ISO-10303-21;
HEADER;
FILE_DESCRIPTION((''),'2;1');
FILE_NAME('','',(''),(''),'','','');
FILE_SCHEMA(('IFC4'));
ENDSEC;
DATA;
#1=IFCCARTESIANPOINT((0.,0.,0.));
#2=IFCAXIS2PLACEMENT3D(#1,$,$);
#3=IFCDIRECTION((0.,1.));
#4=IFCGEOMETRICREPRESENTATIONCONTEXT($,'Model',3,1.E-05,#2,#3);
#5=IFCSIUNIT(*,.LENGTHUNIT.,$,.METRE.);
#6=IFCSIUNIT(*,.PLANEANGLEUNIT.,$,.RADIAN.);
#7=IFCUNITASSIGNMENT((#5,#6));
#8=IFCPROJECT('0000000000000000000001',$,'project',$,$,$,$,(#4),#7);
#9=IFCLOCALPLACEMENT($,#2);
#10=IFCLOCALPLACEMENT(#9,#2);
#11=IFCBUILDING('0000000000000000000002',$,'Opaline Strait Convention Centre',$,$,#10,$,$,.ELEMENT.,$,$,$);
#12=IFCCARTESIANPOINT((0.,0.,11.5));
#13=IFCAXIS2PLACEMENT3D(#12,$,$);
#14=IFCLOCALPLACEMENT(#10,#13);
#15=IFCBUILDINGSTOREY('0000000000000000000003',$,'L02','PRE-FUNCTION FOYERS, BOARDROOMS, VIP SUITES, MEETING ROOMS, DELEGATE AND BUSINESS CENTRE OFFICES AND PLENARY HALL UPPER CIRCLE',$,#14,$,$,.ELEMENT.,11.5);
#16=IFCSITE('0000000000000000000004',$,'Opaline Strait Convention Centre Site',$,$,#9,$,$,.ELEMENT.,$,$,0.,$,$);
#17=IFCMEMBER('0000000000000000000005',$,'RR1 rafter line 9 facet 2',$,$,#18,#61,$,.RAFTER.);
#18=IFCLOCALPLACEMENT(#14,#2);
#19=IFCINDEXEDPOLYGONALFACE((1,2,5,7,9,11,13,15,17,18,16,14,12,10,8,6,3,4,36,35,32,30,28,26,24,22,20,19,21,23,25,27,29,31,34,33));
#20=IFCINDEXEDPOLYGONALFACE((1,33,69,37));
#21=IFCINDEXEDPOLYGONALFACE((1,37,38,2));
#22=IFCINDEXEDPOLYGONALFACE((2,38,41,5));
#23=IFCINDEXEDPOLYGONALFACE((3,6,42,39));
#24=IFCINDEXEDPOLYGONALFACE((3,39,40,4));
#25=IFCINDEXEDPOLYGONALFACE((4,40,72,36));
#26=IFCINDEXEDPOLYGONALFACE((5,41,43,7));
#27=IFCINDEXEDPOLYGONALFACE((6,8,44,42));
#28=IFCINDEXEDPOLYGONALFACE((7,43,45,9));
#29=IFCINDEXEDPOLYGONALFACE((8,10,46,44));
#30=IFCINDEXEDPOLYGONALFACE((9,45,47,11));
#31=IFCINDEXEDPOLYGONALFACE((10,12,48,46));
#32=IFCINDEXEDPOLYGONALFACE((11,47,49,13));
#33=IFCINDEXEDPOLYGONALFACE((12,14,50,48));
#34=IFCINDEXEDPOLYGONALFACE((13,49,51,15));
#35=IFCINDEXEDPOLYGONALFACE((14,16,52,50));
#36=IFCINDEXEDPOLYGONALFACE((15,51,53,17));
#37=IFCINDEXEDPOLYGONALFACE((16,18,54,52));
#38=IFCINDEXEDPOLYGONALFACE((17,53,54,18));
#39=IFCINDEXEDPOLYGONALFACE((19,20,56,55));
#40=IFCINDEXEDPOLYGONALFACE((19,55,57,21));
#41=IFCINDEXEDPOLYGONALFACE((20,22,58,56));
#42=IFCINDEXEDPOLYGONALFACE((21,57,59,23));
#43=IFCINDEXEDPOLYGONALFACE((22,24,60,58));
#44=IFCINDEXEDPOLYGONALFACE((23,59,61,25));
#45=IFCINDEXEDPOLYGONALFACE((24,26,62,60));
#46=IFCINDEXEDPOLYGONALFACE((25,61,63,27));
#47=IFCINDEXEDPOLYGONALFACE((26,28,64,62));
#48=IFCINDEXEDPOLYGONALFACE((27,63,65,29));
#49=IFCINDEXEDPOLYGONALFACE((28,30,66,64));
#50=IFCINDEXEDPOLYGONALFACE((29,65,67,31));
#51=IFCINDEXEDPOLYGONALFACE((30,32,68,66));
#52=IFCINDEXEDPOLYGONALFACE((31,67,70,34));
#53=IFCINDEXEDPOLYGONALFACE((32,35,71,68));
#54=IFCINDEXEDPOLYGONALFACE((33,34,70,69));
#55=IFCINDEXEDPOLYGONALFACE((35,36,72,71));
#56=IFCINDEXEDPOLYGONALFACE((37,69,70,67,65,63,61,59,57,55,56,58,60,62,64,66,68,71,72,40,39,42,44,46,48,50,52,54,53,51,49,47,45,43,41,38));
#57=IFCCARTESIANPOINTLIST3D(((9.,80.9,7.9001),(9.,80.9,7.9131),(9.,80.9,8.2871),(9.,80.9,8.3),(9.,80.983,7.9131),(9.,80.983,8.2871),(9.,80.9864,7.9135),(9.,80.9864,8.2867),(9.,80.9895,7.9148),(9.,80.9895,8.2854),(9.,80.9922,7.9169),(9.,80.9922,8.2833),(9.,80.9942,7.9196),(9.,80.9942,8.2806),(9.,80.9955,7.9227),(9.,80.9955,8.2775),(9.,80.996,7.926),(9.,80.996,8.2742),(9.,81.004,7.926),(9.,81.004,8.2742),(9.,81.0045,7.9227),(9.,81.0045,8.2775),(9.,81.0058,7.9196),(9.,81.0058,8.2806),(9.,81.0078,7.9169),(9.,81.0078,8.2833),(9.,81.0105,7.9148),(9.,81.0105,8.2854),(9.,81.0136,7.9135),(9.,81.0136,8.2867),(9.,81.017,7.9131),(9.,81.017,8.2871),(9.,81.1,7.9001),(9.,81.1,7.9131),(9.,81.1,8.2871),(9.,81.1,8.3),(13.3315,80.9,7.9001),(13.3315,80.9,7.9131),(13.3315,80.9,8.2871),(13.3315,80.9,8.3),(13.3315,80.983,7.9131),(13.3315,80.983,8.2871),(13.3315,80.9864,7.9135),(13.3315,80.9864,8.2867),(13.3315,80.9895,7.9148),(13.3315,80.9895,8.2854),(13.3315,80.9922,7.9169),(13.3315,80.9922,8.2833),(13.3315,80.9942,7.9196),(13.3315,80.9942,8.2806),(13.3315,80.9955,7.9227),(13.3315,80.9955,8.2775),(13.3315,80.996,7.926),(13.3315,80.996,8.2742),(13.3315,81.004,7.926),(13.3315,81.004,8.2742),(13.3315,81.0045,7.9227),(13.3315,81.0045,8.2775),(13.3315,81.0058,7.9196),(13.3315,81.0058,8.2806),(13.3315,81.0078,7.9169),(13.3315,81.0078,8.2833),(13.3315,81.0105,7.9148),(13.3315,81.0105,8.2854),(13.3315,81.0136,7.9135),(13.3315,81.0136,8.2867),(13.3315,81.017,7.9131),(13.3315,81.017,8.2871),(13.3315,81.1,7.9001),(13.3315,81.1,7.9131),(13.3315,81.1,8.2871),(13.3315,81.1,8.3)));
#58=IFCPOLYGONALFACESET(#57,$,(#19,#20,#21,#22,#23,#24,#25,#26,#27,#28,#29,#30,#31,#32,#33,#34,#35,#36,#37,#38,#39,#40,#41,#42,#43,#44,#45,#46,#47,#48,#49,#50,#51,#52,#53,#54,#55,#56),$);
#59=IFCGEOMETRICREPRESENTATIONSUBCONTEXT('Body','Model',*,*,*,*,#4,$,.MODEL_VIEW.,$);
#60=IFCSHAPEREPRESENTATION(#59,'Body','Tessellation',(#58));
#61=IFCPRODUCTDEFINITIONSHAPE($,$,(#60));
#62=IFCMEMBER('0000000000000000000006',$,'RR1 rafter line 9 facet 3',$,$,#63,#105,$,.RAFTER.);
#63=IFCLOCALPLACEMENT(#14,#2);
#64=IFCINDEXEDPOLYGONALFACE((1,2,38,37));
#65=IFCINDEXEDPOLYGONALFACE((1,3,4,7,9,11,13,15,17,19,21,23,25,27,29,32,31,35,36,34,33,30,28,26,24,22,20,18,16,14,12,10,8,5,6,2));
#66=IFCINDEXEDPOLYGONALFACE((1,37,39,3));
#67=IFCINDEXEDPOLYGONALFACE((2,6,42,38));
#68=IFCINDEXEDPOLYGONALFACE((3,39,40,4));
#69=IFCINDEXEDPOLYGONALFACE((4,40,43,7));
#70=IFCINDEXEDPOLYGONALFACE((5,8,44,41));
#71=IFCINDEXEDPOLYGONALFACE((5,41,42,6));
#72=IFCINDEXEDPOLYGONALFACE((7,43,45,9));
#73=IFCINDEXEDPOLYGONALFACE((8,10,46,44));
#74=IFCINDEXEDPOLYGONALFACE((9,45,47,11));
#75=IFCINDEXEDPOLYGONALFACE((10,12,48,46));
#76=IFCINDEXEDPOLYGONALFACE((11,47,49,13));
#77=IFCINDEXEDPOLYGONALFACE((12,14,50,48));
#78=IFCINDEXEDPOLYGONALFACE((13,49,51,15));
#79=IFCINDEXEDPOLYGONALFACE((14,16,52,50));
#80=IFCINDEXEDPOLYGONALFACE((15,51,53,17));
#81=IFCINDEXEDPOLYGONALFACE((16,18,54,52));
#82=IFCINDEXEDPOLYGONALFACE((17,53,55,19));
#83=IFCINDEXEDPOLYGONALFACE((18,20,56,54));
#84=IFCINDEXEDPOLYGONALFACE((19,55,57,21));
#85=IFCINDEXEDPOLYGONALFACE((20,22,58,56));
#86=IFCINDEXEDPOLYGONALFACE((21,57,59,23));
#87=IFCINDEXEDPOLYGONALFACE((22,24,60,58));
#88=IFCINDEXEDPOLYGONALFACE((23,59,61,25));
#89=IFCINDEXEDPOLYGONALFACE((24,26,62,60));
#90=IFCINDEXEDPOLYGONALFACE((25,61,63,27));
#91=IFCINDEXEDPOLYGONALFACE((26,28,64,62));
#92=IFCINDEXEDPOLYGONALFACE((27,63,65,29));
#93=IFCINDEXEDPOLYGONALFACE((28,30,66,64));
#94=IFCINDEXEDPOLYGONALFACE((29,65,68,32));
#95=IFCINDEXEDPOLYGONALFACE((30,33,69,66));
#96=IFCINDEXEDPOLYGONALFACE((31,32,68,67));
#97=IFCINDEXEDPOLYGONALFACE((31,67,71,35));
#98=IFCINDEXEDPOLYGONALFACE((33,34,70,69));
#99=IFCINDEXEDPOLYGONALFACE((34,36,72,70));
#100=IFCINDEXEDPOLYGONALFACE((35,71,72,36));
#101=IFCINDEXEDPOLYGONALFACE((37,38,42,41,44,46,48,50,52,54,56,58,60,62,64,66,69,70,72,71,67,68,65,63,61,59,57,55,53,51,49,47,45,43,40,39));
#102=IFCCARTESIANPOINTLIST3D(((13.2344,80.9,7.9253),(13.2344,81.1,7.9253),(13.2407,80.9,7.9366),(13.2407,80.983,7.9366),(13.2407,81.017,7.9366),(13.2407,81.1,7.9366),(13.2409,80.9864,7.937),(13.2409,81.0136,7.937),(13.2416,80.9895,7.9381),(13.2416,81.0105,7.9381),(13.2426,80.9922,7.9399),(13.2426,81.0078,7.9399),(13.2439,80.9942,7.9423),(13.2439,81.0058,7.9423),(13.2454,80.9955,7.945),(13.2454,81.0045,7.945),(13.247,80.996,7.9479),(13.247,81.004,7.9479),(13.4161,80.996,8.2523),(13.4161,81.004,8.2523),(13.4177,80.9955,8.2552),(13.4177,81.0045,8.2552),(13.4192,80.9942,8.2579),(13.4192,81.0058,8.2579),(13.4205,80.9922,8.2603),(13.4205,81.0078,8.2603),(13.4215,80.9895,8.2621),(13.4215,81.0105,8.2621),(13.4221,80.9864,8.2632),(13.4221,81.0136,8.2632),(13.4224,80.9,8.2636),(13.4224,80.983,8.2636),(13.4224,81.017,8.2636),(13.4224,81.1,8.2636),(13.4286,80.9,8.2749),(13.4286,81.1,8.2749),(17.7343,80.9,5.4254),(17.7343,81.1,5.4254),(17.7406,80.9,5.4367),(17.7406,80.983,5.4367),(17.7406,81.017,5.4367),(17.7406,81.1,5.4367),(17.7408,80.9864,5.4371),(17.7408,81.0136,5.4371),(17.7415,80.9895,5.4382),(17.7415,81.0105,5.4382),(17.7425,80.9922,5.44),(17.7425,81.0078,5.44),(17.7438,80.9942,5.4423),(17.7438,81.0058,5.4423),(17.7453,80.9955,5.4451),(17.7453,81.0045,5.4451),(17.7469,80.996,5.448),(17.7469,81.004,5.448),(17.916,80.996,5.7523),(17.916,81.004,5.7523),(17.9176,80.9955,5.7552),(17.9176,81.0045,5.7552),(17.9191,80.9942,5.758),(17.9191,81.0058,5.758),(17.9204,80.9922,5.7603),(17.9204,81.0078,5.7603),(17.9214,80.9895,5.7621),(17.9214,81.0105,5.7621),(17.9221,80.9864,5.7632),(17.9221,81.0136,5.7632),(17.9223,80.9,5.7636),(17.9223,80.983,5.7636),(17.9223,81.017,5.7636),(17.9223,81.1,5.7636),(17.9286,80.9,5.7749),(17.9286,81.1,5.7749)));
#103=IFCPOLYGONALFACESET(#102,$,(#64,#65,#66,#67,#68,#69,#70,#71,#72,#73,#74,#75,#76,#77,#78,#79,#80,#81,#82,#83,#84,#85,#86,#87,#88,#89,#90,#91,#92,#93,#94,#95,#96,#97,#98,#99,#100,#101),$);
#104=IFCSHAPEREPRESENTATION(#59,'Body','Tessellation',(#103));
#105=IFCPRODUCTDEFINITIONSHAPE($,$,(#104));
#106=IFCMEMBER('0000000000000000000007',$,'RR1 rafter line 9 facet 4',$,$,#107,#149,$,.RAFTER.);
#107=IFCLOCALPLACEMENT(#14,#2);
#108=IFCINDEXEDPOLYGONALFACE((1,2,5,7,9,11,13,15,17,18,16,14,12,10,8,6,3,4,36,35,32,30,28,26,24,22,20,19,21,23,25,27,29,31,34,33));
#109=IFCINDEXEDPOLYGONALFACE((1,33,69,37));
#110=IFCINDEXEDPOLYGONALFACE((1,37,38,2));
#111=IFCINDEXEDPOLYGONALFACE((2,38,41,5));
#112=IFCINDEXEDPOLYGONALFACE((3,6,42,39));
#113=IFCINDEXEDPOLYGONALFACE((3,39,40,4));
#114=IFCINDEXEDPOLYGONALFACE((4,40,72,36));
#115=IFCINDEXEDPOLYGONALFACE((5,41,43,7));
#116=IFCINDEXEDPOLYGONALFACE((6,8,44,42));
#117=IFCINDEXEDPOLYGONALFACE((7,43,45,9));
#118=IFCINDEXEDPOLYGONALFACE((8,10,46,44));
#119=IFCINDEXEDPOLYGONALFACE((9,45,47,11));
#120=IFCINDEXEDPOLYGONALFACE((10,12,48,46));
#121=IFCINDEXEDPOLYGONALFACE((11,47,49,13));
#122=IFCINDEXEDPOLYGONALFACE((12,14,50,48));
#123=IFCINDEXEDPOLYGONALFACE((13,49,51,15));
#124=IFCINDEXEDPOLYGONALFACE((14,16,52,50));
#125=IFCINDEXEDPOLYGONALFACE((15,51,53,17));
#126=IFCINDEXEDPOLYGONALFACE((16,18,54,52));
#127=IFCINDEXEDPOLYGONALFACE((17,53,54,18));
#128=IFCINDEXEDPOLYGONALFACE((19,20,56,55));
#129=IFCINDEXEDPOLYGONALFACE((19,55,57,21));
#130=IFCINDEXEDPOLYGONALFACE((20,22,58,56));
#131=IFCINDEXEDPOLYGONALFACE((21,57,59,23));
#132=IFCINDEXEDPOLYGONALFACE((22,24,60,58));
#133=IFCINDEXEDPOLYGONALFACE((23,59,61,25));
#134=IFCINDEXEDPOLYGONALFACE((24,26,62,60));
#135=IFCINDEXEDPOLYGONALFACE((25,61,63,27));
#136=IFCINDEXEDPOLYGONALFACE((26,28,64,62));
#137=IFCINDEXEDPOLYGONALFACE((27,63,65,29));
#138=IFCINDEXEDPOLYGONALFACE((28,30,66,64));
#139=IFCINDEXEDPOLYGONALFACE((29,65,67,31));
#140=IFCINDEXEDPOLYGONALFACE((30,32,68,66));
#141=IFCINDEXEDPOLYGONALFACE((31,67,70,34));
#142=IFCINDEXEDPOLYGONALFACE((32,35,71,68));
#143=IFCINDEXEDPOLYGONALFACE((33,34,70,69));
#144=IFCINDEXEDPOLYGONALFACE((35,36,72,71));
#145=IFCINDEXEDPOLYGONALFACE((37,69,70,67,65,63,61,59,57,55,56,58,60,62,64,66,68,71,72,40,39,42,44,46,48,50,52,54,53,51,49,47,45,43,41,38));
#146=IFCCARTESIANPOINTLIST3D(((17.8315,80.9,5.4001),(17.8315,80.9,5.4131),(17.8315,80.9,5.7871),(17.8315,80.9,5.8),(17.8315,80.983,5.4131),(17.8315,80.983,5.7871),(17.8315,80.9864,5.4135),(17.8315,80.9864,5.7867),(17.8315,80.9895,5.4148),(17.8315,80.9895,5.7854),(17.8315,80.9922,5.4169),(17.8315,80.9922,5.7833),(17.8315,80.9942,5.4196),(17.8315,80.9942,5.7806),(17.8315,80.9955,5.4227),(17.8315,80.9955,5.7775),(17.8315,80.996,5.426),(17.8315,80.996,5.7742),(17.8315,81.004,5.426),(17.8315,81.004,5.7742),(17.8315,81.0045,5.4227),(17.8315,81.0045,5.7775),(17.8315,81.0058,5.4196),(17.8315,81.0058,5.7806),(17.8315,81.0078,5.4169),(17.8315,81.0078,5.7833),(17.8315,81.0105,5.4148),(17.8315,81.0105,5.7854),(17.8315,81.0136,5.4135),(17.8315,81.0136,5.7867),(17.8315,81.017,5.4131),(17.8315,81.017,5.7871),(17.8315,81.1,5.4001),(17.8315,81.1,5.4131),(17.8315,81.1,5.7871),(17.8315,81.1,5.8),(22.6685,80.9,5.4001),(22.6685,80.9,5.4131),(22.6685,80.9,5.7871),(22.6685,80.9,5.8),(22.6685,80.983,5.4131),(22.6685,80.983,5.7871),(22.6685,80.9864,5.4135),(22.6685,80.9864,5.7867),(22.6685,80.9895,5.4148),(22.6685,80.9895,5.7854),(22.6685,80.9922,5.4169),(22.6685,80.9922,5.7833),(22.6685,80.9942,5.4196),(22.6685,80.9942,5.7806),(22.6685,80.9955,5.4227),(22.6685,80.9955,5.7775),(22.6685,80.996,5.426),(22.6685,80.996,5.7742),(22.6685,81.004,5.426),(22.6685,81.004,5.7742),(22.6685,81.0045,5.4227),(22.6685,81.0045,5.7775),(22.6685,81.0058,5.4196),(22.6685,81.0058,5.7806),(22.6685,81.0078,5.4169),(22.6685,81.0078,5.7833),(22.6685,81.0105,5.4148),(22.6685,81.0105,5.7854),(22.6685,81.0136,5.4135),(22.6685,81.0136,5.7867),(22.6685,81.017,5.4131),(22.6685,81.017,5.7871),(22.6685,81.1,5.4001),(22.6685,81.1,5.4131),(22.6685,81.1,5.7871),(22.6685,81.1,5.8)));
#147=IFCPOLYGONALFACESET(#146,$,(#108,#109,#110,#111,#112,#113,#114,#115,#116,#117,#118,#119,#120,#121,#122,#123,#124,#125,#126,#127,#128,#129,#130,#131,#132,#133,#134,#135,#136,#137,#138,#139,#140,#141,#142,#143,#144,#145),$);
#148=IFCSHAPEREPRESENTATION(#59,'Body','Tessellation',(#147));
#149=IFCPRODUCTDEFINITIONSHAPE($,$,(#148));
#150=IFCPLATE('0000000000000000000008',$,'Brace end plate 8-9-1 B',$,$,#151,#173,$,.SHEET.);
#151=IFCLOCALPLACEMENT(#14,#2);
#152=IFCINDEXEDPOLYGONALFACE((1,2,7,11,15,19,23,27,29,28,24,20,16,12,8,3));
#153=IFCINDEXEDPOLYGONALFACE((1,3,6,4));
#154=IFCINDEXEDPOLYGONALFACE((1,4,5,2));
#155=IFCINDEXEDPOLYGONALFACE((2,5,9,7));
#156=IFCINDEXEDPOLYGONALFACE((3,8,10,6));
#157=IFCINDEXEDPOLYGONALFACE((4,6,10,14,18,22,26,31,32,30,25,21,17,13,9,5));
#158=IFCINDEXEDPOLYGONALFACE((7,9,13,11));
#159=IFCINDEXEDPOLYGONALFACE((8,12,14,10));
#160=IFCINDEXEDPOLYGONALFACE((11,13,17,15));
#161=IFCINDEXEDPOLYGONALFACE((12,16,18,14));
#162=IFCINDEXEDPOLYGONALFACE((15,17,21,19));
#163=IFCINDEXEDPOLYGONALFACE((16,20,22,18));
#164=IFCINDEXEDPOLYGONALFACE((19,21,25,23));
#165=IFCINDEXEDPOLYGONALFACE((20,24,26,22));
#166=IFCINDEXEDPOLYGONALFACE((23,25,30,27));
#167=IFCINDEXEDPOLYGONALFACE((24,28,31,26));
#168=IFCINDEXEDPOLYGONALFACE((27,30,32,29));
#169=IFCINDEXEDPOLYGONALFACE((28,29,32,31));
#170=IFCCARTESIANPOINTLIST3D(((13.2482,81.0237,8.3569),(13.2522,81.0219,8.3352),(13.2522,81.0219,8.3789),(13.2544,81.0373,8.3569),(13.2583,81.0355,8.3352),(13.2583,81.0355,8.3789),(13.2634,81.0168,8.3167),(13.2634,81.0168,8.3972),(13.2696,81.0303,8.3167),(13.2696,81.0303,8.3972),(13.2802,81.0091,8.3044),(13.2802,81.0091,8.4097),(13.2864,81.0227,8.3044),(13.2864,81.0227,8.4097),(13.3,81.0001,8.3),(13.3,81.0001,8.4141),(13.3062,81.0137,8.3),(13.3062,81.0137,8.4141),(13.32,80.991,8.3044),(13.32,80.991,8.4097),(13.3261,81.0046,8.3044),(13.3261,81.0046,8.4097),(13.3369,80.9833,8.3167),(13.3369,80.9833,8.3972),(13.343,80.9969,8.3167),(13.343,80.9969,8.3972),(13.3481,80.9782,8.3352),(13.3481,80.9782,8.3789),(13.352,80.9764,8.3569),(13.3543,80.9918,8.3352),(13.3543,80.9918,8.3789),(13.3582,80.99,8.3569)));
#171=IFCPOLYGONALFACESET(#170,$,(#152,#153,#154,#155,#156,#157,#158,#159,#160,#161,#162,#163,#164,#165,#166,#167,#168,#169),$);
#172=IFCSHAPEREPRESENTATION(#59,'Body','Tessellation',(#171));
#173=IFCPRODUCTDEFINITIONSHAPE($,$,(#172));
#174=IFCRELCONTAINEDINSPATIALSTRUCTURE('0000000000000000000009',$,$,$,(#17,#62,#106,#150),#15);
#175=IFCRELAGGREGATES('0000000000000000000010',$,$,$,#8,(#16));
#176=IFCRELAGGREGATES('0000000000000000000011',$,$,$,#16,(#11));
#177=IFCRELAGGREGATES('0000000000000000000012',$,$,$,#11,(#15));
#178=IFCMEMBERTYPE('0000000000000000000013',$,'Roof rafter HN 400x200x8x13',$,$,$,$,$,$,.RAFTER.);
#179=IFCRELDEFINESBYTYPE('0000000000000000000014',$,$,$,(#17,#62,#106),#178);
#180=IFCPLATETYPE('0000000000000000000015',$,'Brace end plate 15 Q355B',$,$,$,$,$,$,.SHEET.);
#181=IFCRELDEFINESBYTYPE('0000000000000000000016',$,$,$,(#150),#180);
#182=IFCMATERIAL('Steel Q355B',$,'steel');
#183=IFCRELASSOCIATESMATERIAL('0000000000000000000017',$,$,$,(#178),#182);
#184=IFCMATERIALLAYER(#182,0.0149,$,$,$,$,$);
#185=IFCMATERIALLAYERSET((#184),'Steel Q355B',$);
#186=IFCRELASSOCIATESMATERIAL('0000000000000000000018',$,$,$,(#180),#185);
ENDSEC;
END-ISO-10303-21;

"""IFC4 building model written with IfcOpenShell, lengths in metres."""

from ifc_helpers import new_model, si_unit, direction, frame, origin, origin_2d, place, context, subcontext, project, spatial, polyline, i_section, outline, extrude, material, layer, layer_set, material_profile, profile_set, type_object, element, save


model = new_model("IFC4")

# Units and contexts
model_context = context("Model", 3, precision=1e-05, world=origin(), true_north=direction((0.0, 1.0)))
body_context = subcontext(model_context, "Body", "Model", "MODEL_VIEW")
ifc_project = project(units=[si_unit("LENGTHUNIT", "METRE"), si_unit("PLANEANGLEUNIT", "RADIAN")], contexts=[model_context])

# Site, building, storey
site_placement = place(None, origin())
site = spatial("IfcSite", under=ifc_project, at=site_placement, Name="Opaline Strait Convention Centre Site", CompositionType="ELEMENT", RefElevation=0.0)
building_placement = place(site_placement, origin())
building = spatial("IfcBuilding", under=site, at=building_placement, Name="Opaline Strait Convention Centre", CompositionType="ELEMENT")
storey_placement = place(building_placement, frame((0.0, 0.0, 11.5)))
storey = spatial("IfcBuildingStorey", under=building, at=storey_placement, Name="L02", Description="PRE-FUNCTION FOYERS, BOARDROOMS, VIP SUITES, MEETING ROOMS, DELEGATE AND BUSINESS CENTRE OFFICES AND PLENARY HALL UPPER CIRCLE", CompositionType="ELEMENT", Elevation=11.5)

# Shared definitions
ifc_material_1 = material(Name="Steel Q355B", Category="steel")

# Members
ifc_material_profile_1 = material_profile(ifc_material_1, i_section(OverallWidth=0.2, OverallDepth=0.3999, WebThickness=0.0081, FlangeThickness=0.0129, FilletRadius=0.0129, at=origin_2d()), Name="HN 400x200x8x13")
ifc_profile_set_1 = profile_set([ifc_material_profile_1], Name="Steel Q355B")
member_type_1 = type_object("IfcMemberType", Name="Roof rafter HN 400x200x8x13", PredefinedType="RAFTER", material=ifc_profile_set_1)
member_1_placement = place(storey_placement, frame((9.0, 81.0, 8.1001), z_axis=(1.0, 0.0, 0.0), x_axis=(0.0, 1.0, 0.0)))
element("IfcMember", 1, at=member_1_placement, inside=storey, type_object=member_type_1, Name="RR1 rafter line 9 facet 2", PredefinedType="RAFTER", context=body_context, shape_type="SweptSolid", body=[
    extrude(i_section(OverallWidth=0.2, OverallDepth=0.3999, WebThickness=0.0081, FlangeThickness=0.0129, FilletRadius=0.0129, at=origin_2d()), origin(), (0.0, 0.0, 1.0), 4.3315),
])
member_2_placement = place(storey_placement, frame((13.3315, 81.0, 8.1001), z_axis=(0.874157, 0.0, -0.485643), x_axis=(0.0, 1.0, 0.0)))
element("IfcMember", 2, at=member_2_placement, inside=storey, type_object=member_type_1, Name="RR1 rafter line 9 facet 3", PredefinedType="RAFTER", context=body_context, shape_type="SweptSolid", body=[
    extrude(i_section(OverallWidth=0.2, OverallDepth=0.3999, WebThickness=0.0081, FlangeThickness=0.0129, FilletRadius=0.0129, at=origin_2d()), origin(), (0.0, 0.0, 1.0), 5.1477),
])
member_3_placement = place(storey_placement, frame((17.8315, 81.0, 5.6001), z_axis=(1.0, 0.0, 0.0), x_axis=(0.0, 1.0, 0.0)))
element("IfcMember", 3, at=member_3_placement, inside=storey, type_object=member_type_1, Name="RR1 rafter line 9 facet 4", PredefinedType="RAFTER", context=body_context, shape_type="SweptSolid", body=[
    extrude(i_section(OverallWidth=0.2, OverallDepth=0.3999, WebThickness=0.0081, FlangeThickness=0.0129, FilletRadius=0.0129, at=origin_2d()), origin(), (0.0, 0.0, 1.0), 4.8369),
])

# Plate
ifc_layer_1 = layer(ifc_material_1, 0.0149)
ifc_layer_set_1 = layer_set([ifc_layer_1], Name="Steel Q355B")
plate_type = type_object("IfcPlateType", Name="Brace end plate 15 Q355B", PredefinedType="SHEET", material=ifc_layer_set_1)
plate_1_placement = place(storey_placement, frame((13.3582, 80.99, 8.3569), z_axis=(0.414547, 0.910028, 0.0), x_axis=(-0.175212, 0.079815, -0.98129)))
element("IfcPlate", 4, at=plate_1_placement, inside=storey, type_object=plate_type, Name="Brace end plate 8-9-1 B", PredefinedType="SHEET", context=body_context, shape_type="SweptSolid", body=[
    extrude(outline(polyline([(0.0, 0.0), (0.0221, 0.0), (0.0427, 0.0085), (0.0583, 0.0244), (0.0668, 0.0451), (0.0667, 0.0673), (0.0583, 0.0878), (0.0424, 0.1035), (0.022, 0.1119), (-0.0004, 0.1119), (-0.0208, 0.1033), (-0.0366, 0.0876), (-0.0451, 0.0671), (-0.045, 0.0447), (-0.0363, 0.0241), (-0.0207, 0.0084), (0.0, 0.0)])), origin(), (0.0, 0.0, -1.0), 0.0149),
])

save(model, "model.ifc")
